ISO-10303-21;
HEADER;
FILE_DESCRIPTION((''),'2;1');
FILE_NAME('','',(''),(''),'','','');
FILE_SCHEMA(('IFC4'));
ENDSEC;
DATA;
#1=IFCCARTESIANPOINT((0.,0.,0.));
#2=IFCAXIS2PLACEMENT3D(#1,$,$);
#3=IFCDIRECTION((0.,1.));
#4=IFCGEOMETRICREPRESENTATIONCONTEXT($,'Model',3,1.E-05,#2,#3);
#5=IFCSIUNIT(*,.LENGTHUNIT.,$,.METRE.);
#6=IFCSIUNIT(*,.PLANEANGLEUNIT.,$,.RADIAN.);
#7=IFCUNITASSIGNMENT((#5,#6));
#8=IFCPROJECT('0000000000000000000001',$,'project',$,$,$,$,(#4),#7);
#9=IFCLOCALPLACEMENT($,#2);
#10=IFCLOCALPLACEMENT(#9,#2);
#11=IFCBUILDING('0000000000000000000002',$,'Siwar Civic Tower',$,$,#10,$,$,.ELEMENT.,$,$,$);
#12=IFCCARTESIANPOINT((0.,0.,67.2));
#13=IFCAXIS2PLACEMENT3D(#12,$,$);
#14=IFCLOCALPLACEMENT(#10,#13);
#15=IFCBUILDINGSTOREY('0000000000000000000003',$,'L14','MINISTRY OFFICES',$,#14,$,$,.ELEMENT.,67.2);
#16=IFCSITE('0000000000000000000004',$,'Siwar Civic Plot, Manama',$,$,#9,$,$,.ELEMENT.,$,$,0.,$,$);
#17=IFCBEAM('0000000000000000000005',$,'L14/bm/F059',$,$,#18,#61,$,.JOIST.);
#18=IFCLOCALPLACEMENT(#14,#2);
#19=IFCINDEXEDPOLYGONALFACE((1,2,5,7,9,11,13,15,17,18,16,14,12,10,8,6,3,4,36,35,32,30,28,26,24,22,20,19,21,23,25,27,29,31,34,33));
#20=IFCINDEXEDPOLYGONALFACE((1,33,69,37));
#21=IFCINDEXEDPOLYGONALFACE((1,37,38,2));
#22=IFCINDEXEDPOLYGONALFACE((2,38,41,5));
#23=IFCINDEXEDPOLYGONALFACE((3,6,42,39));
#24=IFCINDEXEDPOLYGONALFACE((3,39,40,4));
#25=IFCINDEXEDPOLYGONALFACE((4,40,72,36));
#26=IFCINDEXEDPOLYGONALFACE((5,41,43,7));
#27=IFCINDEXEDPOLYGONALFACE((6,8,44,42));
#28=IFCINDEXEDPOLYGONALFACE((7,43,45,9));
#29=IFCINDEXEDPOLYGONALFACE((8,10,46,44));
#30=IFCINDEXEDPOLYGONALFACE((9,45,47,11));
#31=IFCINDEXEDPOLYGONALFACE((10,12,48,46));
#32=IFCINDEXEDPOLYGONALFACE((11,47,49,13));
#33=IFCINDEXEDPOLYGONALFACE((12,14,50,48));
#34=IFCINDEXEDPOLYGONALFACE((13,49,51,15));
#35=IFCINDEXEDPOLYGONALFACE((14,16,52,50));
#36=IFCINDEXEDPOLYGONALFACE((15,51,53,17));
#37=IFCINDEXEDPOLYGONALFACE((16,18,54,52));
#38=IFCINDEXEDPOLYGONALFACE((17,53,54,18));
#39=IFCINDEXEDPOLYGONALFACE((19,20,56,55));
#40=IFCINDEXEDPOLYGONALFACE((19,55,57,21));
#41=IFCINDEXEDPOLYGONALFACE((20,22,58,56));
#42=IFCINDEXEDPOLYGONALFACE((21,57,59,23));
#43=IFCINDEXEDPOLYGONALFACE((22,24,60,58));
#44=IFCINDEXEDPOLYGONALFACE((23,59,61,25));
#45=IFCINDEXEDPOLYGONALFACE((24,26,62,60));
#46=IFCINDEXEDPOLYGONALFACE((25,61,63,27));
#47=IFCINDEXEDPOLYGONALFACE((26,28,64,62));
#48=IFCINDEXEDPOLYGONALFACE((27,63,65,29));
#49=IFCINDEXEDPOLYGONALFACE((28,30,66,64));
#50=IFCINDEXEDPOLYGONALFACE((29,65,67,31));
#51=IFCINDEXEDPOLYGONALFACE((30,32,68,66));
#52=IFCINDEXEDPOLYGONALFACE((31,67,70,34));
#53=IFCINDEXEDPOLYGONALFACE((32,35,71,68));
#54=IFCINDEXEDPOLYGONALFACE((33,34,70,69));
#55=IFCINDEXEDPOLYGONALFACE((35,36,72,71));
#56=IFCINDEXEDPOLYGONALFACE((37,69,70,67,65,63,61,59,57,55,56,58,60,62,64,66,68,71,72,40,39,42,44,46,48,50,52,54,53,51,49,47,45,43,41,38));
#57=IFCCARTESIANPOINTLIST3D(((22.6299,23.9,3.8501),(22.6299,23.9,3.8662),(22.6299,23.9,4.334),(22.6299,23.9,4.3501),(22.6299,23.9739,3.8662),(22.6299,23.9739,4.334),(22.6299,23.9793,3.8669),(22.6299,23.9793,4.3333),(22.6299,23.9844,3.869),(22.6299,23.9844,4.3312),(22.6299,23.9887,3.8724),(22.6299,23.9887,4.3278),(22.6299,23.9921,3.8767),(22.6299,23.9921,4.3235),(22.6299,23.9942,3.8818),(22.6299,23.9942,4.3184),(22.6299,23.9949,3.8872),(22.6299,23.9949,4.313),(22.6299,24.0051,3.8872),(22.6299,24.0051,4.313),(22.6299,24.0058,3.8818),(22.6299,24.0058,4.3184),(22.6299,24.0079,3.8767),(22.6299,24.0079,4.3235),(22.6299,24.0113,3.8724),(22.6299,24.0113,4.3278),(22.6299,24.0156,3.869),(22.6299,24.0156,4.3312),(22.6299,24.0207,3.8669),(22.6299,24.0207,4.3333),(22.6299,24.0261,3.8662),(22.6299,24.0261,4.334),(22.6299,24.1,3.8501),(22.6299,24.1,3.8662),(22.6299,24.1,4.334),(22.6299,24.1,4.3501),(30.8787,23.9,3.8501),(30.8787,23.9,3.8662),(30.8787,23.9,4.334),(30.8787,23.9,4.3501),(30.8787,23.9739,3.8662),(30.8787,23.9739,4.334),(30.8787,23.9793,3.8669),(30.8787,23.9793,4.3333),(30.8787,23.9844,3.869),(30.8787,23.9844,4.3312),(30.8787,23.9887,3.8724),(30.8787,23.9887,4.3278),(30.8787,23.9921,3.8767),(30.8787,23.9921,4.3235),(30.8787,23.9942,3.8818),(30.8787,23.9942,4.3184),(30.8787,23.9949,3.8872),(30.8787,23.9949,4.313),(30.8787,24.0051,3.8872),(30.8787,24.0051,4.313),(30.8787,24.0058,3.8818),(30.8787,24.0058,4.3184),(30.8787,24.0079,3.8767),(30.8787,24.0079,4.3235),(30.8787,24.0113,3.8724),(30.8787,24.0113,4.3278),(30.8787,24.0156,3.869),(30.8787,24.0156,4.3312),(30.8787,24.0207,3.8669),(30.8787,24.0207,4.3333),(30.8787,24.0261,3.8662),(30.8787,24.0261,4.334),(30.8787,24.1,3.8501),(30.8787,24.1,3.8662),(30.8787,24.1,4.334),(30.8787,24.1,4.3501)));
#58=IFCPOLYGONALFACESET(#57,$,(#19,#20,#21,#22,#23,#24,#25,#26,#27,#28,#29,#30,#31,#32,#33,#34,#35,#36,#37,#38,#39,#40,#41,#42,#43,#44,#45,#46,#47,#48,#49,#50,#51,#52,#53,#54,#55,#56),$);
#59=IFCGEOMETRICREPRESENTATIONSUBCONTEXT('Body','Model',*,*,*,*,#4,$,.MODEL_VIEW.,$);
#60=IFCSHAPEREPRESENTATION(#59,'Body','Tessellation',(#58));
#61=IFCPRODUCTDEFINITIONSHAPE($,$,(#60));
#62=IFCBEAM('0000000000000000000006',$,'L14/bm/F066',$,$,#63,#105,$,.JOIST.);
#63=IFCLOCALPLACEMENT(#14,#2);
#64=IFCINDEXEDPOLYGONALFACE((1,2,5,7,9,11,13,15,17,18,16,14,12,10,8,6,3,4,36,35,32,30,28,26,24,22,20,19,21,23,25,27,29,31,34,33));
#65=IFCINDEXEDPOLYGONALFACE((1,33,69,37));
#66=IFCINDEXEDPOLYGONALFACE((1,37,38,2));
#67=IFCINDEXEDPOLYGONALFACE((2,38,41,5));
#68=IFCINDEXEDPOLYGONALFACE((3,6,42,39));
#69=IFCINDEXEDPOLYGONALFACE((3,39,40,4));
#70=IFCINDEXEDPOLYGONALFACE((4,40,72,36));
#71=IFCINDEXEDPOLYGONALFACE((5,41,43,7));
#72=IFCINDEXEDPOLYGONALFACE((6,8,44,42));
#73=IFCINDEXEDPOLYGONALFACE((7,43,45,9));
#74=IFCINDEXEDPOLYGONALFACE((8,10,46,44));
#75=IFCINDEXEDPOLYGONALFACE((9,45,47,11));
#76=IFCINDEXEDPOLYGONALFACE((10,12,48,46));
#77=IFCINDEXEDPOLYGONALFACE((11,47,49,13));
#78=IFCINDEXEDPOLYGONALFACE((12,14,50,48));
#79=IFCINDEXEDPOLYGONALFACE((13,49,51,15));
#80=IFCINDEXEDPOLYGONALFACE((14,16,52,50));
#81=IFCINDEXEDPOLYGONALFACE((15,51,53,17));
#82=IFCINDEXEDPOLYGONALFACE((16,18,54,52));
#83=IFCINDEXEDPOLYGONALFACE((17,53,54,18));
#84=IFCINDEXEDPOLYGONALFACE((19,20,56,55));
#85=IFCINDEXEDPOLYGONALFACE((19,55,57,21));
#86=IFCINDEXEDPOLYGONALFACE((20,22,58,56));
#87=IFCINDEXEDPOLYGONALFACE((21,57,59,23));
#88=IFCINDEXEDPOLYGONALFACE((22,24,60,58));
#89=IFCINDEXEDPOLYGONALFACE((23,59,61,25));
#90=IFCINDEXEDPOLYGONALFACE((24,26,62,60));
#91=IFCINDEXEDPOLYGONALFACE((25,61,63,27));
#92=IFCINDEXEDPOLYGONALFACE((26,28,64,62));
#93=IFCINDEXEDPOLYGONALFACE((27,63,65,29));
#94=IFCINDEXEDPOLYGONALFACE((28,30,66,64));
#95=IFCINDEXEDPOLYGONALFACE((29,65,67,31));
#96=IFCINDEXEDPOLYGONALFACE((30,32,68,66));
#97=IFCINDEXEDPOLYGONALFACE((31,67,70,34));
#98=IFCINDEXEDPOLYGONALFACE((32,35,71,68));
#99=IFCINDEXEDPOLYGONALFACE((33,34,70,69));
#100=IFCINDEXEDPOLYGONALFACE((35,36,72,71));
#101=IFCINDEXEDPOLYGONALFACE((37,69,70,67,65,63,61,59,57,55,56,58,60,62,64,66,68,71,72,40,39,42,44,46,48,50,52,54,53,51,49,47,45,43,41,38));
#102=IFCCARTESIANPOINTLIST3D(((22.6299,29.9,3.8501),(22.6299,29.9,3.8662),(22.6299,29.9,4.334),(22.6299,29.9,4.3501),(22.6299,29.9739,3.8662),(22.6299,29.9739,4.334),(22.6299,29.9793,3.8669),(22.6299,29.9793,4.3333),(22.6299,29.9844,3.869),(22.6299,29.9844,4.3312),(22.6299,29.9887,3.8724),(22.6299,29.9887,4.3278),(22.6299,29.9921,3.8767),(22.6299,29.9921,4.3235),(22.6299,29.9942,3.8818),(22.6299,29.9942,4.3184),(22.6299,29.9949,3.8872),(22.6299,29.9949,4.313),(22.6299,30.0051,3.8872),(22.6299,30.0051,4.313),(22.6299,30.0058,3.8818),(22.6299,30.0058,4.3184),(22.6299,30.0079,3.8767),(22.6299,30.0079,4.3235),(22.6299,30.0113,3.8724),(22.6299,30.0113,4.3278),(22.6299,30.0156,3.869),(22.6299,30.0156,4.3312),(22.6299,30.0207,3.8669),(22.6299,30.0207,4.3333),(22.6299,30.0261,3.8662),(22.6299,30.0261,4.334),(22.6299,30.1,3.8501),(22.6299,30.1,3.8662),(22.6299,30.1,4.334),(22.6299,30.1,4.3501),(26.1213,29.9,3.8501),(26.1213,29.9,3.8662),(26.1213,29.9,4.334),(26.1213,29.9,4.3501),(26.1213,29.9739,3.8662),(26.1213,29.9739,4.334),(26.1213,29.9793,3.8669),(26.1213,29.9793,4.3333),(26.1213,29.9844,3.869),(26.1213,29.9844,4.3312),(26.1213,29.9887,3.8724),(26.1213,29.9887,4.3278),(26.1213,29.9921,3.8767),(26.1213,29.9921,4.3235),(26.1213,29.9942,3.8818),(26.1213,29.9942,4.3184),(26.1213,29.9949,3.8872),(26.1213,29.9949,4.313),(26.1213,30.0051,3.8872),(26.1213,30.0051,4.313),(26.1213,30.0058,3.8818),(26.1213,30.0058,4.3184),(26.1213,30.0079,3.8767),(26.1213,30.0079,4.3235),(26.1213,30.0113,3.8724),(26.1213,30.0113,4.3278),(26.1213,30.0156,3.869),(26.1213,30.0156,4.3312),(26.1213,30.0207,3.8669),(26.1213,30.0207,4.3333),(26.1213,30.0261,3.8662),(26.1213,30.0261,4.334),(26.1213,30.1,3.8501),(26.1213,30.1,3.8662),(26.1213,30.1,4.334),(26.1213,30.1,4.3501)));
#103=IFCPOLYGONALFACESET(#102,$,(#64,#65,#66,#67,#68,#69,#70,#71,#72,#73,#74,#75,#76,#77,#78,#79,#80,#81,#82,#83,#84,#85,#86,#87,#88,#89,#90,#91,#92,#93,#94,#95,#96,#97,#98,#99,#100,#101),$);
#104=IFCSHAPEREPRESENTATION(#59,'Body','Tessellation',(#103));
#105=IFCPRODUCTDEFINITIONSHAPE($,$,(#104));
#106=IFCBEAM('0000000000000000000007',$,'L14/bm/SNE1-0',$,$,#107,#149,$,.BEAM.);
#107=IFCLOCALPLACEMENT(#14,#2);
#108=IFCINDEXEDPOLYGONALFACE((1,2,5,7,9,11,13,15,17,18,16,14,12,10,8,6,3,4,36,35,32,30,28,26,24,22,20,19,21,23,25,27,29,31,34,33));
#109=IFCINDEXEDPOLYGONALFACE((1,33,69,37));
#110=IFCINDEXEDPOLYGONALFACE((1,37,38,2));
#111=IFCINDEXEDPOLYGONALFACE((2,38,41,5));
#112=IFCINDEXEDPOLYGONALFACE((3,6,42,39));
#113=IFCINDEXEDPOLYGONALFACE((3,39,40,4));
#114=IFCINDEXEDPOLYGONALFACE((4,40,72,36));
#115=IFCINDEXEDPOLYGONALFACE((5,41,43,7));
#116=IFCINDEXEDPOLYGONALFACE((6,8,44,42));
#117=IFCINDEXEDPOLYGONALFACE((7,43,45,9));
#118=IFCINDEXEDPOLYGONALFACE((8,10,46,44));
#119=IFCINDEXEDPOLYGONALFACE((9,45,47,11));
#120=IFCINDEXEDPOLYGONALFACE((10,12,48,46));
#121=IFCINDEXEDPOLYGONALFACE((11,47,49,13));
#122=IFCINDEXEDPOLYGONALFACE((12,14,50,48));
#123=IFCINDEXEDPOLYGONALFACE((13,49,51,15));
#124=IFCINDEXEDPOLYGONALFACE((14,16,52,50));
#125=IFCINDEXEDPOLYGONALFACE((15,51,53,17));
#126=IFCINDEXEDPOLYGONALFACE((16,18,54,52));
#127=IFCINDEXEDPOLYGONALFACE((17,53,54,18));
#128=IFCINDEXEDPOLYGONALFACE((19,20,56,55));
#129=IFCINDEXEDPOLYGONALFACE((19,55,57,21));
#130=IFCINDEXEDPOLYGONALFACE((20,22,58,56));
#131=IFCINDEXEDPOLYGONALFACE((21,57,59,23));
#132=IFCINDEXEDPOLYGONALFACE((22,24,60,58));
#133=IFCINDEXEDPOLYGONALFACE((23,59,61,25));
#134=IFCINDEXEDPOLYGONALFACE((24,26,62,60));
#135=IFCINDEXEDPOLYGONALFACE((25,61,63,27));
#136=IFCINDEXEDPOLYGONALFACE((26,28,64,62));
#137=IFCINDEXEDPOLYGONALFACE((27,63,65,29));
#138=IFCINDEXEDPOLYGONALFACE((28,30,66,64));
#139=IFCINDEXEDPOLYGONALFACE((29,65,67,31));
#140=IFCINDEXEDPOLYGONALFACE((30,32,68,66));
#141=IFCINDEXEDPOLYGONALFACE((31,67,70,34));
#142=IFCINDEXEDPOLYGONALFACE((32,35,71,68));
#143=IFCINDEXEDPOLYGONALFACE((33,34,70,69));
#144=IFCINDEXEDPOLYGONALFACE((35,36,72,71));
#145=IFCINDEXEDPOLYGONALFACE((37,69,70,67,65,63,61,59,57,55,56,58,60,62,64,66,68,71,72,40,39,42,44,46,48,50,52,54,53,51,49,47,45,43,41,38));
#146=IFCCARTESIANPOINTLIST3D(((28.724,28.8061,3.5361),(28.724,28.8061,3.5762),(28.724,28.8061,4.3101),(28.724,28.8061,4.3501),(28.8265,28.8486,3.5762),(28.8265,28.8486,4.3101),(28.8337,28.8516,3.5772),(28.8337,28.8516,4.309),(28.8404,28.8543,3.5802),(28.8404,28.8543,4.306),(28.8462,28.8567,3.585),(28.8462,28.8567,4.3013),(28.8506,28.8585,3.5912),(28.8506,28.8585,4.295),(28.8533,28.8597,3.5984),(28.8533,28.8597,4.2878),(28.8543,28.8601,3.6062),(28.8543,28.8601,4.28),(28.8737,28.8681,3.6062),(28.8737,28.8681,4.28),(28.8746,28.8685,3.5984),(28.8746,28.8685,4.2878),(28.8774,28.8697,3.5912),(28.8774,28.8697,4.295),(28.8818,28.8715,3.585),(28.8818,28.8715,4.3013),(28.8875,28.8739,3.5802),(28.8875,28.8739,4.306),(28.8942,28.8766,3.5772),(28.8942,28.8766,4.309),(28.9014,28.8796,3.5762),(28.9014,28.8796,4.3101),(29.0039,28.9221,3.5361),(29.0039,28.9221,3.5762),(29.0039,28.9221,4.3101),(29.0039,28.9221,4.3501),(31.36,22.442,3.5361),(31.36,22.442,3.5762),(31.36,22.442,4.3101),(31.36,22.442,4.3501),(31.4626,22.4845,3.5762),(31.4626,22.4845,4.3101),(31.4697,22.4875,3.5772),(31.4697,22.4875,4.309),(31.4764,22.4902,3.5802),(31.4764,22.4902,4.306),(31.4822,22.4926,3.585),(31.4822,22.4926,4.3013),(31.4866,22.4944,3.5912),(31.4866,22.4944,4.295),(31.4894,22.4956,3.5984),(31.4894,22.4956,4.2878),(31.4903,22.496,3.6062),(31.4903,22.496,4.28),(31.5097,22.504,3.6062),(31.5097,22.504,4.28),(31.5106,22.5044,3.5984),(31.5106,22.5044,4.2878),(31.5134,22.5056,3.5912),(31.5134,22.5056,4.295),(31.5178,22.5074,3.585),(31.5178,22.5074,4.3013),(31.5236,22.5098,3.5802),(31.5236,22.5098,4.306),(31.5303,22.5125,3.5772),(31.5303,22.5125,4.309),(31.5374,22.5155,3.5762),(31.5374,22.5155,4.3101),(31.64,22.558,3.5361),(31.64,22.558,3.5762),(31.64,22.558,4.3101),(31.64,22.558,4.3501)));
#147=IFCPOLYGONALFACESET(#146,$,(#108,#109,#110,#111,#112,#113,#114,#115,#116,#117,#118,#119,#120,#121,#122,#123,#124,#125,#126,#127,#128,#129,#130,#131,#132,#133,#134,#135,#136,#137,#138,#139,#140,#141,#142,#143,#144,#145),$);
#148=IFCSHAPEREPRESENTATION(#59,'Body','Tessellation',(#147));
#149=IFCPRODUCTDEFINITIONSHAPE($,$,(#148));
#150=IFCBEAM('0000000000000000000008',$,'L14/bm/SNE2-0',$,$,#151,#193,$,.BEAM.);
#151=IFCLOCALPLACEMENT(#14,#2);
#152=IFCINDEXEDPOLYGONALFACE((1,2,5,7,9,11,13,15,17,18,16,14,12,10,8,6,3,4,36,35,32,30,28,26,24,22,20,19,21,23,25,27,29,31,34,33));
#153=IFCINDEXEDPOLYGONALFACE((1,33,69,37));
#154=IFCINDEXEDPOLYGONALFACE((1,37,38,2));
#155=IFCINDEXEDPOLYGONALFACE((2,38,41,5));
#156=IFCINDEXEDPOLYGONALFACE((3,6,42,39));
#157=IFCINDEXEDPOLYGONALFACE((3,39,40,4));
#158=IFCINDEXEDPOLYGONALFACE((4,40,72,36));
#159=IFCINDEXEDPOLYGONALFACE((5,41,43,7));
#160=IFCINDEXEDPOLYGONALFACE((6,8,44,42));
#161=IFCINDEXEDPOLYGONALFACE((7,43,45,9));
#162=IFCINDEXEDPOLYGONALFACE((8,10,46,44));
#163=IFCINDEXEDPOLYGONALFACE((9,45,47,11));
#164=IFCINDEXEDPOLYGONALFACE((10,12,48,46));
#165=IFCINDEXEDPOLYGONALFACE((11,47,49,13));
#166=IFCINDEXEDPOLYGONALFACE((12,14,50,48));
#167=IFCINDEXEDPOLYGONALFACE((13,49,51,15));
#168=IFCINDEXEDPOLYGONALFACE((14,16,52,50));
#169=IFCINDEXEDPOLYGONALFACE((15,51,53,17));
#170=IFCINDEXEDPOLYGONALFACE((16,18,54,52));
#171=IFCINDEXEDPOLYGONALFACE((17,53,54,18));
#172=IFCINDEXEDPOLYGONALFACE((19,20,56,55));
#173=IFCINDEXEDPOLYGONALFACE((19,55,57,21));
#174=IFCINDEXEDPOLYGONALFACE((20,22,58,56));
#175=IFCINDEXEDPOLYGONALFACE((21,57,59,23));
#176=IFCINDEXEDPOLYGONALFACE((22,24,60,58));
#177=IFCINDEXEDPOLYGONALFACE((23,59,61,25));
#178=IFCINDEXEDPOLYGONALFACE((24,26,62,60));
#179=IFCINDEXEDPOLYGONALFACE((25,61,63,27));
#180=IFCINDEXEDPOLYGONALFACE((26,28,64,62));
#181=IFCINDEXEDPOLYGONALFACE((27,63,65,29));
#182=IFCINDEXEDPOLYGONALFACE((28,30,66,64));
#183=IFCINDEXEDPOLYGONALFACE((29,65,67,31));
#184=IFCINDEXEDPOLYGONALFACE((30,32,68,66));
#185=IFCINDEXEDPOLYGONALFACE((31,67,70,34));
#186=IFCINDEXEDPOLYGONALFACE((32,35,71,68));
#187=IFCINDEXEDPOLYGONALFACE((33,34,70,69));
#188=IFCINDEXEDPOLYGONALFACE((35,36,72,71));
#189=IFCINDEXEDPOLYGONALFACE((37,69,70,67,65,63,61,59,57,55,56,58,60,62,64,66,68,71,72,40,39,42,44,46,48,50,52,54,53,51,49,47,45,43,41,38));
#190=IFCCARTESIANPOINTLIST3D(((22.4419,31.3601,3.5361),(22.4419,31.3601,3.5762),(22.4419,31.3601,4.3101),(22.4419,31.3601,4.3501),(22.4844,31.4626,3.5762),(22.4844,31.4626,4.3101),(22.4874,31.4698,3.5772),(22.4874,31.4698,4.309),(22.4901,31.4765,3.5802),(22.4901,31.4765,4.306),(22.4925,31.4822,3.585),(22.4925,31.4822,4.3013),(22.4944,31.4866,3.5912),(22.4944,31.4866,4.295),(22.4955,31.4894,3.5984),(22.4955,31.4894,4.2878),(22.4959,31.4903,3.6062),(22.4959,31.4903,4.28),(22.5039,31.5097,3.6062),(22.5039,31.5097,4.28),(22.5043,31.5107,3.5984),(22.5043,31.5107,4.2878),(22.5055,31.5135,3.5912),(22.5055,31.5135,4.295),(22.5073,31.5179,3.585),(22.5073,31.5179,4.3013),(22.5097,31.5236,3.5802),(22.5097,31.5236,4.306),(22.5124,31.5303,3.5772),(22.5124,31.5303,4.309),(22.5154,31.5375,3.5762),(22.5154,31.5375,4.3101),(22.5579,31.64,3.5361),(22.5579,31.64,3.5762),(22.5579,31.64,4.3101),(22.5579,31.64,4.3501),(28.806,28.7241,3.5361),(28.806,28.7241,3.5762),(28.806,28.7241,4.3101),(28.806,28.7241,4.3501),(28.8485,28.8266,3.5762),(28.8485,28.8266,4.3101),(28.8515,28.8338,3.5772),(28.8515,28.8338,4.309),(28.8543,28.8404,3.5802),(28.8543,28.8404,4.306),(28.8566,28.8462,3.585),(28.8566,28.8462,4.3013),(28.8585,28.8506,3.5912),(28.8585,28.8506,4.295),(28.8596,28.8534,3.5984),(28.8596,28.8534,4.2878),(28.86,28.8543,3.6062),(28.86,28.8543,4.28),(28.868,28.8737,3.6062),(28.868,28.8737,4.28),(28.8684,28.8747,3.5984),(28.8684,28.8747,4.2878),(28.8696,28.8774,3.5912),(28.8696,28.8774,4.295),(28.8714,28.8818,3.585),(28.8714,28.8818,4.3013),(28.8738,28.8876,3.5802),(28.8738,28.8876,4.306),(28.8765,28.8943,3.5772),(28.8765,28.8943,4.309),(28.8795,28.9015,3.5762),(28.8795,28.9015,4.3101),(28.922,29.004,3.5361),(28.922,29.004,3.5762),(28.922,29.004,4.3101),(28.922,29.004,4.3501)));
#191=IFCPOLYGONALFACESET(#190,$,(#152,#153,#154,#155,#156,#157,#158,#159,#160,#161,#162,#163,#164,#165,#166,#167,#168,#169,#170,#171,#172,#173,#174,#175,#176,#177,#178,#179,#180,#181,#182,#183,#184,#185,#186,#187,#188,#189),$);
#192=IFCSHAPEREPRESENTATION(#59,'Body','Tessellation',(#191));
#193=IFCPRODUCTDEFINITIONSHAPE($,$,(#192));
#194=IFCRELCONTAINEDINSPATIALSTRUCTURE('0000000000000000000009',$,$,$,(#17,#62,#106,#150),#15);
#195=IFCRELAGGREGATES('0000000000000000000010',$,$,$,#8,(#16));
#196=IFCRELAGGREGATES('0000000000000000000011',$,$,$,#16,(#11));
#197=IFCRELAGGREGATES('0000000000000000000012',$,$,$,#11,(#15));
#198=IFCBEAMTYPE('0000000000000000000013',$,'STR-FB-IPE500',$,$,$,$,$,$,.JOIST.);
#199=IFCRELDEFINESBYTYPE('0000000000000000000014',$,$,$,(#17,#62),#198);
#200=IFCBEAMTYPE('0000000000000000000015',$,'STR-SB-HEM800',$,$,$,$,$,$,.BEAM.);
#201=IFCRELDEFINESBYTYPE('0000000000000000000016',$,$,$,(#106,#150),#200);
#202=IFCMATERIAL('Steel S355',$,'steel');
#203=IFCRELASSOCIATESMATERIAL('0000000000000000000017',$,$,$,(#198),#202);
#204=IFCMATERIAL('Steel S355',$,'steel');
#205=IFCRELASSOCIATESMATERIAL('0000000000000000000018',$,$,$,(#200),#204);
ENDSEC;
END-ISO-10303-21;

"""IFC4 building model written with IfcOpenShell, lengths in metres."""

from ifc_helpers import new_model, si_unit, direction, frame, origin, origin_2d, place, context, subcontext, project, spatial, i_section, extrude, material, material_profile, profile_set, type_object, element, save


model = new_model("IFC4")

# Units and contexts
model_context = context("Model", 3, precision=1e-05, world=origin(), true_north=direction((0.0, 1.0)))
body_context = subcontext(model_context, "Body", "Model", "MODEL_VIEW")
ifc_project = project(units=[si_unit("LENGTHUNIT", "METRE"), si_unit("PLANEANGLEUNIT", "RADIAN")], contexts=[model_context])

# Site, building, storey
site_placement = place(None, origin())
site = spatial("IfcSite", under=ifc_project, at=site_placement, Name="Siwar Civic Plot, Manama", CompositionType="ELEMENT", RefElevation=0.0)
building_placement = place(site_placement, origin())
building = spatial("IfcBuilding", under=site, at=building_placement, Name="Siwar Civic Tower", CompositionType="ELEMENT")
storey_placement = place(building_placement, frame((0.0, 0.0, 67.2)))
storey = spatial("IfcBuildingStorey", under=building, at=storey_placement, Name="L14", Description="MINISTRY OFFICES", CompositionType="ELEMENT", Elevation=67.2)

# Beams
ifc_material_1 = material(Name="Steel S355", Category="steel")
ifc_material_profile_1 = material_profile(ifc_material_1, i_section(OverallWidth=0.2, OverallDepth=0.5, WebThickness=0.0103, FlangeThickness=0.0161, FilletRadius=0.021, at=origin_2d()), Name="IPE500")
ifc_profile_set_1 = profile_set([ifc_material_profile_1], Name="Steel S355")
beam_type_1 = type_object("IfcBeamType", Name="STR-FB-IPE500", PredefinedType="JOIST", material=ifc_profile_set_1)
beam_1_placement = place(storey_placement, frame((22.6299, 24.0, 4.1001), z_axis=(1.0, 0.0, 0.0), x_axis=(0.0, 1.0, 0.0)))
element("IfcBeam", 1, at=beam_1_placement, inside=storey, type_object=beam_type_1, Name="L14/bm/F059", PredefinedType="JOIST", context=body_context, shape_type="SweptSolid", body=[
    extrude(i_section(OverallWidth=0.2, OverallDepth=0.5, WebThickness=0.0103, FlangeThickness=0.0161, FilletRadius=0.021, at=origin_2d()), origin(), (0.0, 0.0, 1.0), 8.2488),
])
beam_2_placement = place(storey_placement, frame((22.6299, 30.0, 4.1001), z_axis=(1.0, 0.0, 0.0), x_axis=(0.0, 1.0, 0.0)))
element("IfcBeam", 2, at=beam_2_placement, inside=storey, type_object=beam_type_1, Name="L14/bm/F066", PredefinedType="JOIST", context=body_context, shape_type="SweptSolid", body=[
    extrude(i_section(OverallWidth=0.2, OverallDepth=0.5, WebThickness=0.0103, FlangeThickness=0.0161, FilletRadius=0.021, at=origin_2d()), origin(), (0.0, 0.0, 1.0), 3.4915),
])
ifc_material_2 = material(Name="Steel S355", Category="steel")
ifc_material_profile_2 = material_profile(ifc_material_2, i_section(OverallWidth=0.303, OverallDepth=0.814, WebThickness=0.021, FlangeThickness=0.04, FilletRadius=0.03, at=origin_2d()), Name="HEM800")
ifc_profile_set_2 = profile_set([ifc_material_profile_2], Name="Steel S355")
beam_type_2 = type_object("IfcBeamType", Name="STR-SB-HEM800", PredefinedType="BEAM", material=ifc_profile_set_2)
for number, where, z_axis, x_axis, name in (
    (3, (31.5, 22.5, 3.9431), (-0.382674, 0.923883, 0.0), (-0.923883, -0.382674, 0.0), "L14/bm/SNE1-0"),
    (4, (28.864, 28.864, 3.9431), (-0.923883, 0.382674, 0.0), (-0.382674, -0.923883, 0.0), "L14/bm/SNE2-0"),
):
    element("IfcBeam", number, at=place(storey_placement, frame(where, z_axis=z_axis, x_axis=x_axis)), inside=storey, type_object=beam_type_2, Name=name, PredefinedType="BEAM", context=body_context, shape_type="SweptSolid", body=[
        extrude(i_section(OverallWidth=0.303, OverallDepth=0.814, WebThickness=0.021, FlangeThickness=0.04, FilletRadius=0.03, at=origin_2d()), origin(), (0.0, 0.0, 1.0), 6.8884),
    ])

save(model, "model.ifc")
